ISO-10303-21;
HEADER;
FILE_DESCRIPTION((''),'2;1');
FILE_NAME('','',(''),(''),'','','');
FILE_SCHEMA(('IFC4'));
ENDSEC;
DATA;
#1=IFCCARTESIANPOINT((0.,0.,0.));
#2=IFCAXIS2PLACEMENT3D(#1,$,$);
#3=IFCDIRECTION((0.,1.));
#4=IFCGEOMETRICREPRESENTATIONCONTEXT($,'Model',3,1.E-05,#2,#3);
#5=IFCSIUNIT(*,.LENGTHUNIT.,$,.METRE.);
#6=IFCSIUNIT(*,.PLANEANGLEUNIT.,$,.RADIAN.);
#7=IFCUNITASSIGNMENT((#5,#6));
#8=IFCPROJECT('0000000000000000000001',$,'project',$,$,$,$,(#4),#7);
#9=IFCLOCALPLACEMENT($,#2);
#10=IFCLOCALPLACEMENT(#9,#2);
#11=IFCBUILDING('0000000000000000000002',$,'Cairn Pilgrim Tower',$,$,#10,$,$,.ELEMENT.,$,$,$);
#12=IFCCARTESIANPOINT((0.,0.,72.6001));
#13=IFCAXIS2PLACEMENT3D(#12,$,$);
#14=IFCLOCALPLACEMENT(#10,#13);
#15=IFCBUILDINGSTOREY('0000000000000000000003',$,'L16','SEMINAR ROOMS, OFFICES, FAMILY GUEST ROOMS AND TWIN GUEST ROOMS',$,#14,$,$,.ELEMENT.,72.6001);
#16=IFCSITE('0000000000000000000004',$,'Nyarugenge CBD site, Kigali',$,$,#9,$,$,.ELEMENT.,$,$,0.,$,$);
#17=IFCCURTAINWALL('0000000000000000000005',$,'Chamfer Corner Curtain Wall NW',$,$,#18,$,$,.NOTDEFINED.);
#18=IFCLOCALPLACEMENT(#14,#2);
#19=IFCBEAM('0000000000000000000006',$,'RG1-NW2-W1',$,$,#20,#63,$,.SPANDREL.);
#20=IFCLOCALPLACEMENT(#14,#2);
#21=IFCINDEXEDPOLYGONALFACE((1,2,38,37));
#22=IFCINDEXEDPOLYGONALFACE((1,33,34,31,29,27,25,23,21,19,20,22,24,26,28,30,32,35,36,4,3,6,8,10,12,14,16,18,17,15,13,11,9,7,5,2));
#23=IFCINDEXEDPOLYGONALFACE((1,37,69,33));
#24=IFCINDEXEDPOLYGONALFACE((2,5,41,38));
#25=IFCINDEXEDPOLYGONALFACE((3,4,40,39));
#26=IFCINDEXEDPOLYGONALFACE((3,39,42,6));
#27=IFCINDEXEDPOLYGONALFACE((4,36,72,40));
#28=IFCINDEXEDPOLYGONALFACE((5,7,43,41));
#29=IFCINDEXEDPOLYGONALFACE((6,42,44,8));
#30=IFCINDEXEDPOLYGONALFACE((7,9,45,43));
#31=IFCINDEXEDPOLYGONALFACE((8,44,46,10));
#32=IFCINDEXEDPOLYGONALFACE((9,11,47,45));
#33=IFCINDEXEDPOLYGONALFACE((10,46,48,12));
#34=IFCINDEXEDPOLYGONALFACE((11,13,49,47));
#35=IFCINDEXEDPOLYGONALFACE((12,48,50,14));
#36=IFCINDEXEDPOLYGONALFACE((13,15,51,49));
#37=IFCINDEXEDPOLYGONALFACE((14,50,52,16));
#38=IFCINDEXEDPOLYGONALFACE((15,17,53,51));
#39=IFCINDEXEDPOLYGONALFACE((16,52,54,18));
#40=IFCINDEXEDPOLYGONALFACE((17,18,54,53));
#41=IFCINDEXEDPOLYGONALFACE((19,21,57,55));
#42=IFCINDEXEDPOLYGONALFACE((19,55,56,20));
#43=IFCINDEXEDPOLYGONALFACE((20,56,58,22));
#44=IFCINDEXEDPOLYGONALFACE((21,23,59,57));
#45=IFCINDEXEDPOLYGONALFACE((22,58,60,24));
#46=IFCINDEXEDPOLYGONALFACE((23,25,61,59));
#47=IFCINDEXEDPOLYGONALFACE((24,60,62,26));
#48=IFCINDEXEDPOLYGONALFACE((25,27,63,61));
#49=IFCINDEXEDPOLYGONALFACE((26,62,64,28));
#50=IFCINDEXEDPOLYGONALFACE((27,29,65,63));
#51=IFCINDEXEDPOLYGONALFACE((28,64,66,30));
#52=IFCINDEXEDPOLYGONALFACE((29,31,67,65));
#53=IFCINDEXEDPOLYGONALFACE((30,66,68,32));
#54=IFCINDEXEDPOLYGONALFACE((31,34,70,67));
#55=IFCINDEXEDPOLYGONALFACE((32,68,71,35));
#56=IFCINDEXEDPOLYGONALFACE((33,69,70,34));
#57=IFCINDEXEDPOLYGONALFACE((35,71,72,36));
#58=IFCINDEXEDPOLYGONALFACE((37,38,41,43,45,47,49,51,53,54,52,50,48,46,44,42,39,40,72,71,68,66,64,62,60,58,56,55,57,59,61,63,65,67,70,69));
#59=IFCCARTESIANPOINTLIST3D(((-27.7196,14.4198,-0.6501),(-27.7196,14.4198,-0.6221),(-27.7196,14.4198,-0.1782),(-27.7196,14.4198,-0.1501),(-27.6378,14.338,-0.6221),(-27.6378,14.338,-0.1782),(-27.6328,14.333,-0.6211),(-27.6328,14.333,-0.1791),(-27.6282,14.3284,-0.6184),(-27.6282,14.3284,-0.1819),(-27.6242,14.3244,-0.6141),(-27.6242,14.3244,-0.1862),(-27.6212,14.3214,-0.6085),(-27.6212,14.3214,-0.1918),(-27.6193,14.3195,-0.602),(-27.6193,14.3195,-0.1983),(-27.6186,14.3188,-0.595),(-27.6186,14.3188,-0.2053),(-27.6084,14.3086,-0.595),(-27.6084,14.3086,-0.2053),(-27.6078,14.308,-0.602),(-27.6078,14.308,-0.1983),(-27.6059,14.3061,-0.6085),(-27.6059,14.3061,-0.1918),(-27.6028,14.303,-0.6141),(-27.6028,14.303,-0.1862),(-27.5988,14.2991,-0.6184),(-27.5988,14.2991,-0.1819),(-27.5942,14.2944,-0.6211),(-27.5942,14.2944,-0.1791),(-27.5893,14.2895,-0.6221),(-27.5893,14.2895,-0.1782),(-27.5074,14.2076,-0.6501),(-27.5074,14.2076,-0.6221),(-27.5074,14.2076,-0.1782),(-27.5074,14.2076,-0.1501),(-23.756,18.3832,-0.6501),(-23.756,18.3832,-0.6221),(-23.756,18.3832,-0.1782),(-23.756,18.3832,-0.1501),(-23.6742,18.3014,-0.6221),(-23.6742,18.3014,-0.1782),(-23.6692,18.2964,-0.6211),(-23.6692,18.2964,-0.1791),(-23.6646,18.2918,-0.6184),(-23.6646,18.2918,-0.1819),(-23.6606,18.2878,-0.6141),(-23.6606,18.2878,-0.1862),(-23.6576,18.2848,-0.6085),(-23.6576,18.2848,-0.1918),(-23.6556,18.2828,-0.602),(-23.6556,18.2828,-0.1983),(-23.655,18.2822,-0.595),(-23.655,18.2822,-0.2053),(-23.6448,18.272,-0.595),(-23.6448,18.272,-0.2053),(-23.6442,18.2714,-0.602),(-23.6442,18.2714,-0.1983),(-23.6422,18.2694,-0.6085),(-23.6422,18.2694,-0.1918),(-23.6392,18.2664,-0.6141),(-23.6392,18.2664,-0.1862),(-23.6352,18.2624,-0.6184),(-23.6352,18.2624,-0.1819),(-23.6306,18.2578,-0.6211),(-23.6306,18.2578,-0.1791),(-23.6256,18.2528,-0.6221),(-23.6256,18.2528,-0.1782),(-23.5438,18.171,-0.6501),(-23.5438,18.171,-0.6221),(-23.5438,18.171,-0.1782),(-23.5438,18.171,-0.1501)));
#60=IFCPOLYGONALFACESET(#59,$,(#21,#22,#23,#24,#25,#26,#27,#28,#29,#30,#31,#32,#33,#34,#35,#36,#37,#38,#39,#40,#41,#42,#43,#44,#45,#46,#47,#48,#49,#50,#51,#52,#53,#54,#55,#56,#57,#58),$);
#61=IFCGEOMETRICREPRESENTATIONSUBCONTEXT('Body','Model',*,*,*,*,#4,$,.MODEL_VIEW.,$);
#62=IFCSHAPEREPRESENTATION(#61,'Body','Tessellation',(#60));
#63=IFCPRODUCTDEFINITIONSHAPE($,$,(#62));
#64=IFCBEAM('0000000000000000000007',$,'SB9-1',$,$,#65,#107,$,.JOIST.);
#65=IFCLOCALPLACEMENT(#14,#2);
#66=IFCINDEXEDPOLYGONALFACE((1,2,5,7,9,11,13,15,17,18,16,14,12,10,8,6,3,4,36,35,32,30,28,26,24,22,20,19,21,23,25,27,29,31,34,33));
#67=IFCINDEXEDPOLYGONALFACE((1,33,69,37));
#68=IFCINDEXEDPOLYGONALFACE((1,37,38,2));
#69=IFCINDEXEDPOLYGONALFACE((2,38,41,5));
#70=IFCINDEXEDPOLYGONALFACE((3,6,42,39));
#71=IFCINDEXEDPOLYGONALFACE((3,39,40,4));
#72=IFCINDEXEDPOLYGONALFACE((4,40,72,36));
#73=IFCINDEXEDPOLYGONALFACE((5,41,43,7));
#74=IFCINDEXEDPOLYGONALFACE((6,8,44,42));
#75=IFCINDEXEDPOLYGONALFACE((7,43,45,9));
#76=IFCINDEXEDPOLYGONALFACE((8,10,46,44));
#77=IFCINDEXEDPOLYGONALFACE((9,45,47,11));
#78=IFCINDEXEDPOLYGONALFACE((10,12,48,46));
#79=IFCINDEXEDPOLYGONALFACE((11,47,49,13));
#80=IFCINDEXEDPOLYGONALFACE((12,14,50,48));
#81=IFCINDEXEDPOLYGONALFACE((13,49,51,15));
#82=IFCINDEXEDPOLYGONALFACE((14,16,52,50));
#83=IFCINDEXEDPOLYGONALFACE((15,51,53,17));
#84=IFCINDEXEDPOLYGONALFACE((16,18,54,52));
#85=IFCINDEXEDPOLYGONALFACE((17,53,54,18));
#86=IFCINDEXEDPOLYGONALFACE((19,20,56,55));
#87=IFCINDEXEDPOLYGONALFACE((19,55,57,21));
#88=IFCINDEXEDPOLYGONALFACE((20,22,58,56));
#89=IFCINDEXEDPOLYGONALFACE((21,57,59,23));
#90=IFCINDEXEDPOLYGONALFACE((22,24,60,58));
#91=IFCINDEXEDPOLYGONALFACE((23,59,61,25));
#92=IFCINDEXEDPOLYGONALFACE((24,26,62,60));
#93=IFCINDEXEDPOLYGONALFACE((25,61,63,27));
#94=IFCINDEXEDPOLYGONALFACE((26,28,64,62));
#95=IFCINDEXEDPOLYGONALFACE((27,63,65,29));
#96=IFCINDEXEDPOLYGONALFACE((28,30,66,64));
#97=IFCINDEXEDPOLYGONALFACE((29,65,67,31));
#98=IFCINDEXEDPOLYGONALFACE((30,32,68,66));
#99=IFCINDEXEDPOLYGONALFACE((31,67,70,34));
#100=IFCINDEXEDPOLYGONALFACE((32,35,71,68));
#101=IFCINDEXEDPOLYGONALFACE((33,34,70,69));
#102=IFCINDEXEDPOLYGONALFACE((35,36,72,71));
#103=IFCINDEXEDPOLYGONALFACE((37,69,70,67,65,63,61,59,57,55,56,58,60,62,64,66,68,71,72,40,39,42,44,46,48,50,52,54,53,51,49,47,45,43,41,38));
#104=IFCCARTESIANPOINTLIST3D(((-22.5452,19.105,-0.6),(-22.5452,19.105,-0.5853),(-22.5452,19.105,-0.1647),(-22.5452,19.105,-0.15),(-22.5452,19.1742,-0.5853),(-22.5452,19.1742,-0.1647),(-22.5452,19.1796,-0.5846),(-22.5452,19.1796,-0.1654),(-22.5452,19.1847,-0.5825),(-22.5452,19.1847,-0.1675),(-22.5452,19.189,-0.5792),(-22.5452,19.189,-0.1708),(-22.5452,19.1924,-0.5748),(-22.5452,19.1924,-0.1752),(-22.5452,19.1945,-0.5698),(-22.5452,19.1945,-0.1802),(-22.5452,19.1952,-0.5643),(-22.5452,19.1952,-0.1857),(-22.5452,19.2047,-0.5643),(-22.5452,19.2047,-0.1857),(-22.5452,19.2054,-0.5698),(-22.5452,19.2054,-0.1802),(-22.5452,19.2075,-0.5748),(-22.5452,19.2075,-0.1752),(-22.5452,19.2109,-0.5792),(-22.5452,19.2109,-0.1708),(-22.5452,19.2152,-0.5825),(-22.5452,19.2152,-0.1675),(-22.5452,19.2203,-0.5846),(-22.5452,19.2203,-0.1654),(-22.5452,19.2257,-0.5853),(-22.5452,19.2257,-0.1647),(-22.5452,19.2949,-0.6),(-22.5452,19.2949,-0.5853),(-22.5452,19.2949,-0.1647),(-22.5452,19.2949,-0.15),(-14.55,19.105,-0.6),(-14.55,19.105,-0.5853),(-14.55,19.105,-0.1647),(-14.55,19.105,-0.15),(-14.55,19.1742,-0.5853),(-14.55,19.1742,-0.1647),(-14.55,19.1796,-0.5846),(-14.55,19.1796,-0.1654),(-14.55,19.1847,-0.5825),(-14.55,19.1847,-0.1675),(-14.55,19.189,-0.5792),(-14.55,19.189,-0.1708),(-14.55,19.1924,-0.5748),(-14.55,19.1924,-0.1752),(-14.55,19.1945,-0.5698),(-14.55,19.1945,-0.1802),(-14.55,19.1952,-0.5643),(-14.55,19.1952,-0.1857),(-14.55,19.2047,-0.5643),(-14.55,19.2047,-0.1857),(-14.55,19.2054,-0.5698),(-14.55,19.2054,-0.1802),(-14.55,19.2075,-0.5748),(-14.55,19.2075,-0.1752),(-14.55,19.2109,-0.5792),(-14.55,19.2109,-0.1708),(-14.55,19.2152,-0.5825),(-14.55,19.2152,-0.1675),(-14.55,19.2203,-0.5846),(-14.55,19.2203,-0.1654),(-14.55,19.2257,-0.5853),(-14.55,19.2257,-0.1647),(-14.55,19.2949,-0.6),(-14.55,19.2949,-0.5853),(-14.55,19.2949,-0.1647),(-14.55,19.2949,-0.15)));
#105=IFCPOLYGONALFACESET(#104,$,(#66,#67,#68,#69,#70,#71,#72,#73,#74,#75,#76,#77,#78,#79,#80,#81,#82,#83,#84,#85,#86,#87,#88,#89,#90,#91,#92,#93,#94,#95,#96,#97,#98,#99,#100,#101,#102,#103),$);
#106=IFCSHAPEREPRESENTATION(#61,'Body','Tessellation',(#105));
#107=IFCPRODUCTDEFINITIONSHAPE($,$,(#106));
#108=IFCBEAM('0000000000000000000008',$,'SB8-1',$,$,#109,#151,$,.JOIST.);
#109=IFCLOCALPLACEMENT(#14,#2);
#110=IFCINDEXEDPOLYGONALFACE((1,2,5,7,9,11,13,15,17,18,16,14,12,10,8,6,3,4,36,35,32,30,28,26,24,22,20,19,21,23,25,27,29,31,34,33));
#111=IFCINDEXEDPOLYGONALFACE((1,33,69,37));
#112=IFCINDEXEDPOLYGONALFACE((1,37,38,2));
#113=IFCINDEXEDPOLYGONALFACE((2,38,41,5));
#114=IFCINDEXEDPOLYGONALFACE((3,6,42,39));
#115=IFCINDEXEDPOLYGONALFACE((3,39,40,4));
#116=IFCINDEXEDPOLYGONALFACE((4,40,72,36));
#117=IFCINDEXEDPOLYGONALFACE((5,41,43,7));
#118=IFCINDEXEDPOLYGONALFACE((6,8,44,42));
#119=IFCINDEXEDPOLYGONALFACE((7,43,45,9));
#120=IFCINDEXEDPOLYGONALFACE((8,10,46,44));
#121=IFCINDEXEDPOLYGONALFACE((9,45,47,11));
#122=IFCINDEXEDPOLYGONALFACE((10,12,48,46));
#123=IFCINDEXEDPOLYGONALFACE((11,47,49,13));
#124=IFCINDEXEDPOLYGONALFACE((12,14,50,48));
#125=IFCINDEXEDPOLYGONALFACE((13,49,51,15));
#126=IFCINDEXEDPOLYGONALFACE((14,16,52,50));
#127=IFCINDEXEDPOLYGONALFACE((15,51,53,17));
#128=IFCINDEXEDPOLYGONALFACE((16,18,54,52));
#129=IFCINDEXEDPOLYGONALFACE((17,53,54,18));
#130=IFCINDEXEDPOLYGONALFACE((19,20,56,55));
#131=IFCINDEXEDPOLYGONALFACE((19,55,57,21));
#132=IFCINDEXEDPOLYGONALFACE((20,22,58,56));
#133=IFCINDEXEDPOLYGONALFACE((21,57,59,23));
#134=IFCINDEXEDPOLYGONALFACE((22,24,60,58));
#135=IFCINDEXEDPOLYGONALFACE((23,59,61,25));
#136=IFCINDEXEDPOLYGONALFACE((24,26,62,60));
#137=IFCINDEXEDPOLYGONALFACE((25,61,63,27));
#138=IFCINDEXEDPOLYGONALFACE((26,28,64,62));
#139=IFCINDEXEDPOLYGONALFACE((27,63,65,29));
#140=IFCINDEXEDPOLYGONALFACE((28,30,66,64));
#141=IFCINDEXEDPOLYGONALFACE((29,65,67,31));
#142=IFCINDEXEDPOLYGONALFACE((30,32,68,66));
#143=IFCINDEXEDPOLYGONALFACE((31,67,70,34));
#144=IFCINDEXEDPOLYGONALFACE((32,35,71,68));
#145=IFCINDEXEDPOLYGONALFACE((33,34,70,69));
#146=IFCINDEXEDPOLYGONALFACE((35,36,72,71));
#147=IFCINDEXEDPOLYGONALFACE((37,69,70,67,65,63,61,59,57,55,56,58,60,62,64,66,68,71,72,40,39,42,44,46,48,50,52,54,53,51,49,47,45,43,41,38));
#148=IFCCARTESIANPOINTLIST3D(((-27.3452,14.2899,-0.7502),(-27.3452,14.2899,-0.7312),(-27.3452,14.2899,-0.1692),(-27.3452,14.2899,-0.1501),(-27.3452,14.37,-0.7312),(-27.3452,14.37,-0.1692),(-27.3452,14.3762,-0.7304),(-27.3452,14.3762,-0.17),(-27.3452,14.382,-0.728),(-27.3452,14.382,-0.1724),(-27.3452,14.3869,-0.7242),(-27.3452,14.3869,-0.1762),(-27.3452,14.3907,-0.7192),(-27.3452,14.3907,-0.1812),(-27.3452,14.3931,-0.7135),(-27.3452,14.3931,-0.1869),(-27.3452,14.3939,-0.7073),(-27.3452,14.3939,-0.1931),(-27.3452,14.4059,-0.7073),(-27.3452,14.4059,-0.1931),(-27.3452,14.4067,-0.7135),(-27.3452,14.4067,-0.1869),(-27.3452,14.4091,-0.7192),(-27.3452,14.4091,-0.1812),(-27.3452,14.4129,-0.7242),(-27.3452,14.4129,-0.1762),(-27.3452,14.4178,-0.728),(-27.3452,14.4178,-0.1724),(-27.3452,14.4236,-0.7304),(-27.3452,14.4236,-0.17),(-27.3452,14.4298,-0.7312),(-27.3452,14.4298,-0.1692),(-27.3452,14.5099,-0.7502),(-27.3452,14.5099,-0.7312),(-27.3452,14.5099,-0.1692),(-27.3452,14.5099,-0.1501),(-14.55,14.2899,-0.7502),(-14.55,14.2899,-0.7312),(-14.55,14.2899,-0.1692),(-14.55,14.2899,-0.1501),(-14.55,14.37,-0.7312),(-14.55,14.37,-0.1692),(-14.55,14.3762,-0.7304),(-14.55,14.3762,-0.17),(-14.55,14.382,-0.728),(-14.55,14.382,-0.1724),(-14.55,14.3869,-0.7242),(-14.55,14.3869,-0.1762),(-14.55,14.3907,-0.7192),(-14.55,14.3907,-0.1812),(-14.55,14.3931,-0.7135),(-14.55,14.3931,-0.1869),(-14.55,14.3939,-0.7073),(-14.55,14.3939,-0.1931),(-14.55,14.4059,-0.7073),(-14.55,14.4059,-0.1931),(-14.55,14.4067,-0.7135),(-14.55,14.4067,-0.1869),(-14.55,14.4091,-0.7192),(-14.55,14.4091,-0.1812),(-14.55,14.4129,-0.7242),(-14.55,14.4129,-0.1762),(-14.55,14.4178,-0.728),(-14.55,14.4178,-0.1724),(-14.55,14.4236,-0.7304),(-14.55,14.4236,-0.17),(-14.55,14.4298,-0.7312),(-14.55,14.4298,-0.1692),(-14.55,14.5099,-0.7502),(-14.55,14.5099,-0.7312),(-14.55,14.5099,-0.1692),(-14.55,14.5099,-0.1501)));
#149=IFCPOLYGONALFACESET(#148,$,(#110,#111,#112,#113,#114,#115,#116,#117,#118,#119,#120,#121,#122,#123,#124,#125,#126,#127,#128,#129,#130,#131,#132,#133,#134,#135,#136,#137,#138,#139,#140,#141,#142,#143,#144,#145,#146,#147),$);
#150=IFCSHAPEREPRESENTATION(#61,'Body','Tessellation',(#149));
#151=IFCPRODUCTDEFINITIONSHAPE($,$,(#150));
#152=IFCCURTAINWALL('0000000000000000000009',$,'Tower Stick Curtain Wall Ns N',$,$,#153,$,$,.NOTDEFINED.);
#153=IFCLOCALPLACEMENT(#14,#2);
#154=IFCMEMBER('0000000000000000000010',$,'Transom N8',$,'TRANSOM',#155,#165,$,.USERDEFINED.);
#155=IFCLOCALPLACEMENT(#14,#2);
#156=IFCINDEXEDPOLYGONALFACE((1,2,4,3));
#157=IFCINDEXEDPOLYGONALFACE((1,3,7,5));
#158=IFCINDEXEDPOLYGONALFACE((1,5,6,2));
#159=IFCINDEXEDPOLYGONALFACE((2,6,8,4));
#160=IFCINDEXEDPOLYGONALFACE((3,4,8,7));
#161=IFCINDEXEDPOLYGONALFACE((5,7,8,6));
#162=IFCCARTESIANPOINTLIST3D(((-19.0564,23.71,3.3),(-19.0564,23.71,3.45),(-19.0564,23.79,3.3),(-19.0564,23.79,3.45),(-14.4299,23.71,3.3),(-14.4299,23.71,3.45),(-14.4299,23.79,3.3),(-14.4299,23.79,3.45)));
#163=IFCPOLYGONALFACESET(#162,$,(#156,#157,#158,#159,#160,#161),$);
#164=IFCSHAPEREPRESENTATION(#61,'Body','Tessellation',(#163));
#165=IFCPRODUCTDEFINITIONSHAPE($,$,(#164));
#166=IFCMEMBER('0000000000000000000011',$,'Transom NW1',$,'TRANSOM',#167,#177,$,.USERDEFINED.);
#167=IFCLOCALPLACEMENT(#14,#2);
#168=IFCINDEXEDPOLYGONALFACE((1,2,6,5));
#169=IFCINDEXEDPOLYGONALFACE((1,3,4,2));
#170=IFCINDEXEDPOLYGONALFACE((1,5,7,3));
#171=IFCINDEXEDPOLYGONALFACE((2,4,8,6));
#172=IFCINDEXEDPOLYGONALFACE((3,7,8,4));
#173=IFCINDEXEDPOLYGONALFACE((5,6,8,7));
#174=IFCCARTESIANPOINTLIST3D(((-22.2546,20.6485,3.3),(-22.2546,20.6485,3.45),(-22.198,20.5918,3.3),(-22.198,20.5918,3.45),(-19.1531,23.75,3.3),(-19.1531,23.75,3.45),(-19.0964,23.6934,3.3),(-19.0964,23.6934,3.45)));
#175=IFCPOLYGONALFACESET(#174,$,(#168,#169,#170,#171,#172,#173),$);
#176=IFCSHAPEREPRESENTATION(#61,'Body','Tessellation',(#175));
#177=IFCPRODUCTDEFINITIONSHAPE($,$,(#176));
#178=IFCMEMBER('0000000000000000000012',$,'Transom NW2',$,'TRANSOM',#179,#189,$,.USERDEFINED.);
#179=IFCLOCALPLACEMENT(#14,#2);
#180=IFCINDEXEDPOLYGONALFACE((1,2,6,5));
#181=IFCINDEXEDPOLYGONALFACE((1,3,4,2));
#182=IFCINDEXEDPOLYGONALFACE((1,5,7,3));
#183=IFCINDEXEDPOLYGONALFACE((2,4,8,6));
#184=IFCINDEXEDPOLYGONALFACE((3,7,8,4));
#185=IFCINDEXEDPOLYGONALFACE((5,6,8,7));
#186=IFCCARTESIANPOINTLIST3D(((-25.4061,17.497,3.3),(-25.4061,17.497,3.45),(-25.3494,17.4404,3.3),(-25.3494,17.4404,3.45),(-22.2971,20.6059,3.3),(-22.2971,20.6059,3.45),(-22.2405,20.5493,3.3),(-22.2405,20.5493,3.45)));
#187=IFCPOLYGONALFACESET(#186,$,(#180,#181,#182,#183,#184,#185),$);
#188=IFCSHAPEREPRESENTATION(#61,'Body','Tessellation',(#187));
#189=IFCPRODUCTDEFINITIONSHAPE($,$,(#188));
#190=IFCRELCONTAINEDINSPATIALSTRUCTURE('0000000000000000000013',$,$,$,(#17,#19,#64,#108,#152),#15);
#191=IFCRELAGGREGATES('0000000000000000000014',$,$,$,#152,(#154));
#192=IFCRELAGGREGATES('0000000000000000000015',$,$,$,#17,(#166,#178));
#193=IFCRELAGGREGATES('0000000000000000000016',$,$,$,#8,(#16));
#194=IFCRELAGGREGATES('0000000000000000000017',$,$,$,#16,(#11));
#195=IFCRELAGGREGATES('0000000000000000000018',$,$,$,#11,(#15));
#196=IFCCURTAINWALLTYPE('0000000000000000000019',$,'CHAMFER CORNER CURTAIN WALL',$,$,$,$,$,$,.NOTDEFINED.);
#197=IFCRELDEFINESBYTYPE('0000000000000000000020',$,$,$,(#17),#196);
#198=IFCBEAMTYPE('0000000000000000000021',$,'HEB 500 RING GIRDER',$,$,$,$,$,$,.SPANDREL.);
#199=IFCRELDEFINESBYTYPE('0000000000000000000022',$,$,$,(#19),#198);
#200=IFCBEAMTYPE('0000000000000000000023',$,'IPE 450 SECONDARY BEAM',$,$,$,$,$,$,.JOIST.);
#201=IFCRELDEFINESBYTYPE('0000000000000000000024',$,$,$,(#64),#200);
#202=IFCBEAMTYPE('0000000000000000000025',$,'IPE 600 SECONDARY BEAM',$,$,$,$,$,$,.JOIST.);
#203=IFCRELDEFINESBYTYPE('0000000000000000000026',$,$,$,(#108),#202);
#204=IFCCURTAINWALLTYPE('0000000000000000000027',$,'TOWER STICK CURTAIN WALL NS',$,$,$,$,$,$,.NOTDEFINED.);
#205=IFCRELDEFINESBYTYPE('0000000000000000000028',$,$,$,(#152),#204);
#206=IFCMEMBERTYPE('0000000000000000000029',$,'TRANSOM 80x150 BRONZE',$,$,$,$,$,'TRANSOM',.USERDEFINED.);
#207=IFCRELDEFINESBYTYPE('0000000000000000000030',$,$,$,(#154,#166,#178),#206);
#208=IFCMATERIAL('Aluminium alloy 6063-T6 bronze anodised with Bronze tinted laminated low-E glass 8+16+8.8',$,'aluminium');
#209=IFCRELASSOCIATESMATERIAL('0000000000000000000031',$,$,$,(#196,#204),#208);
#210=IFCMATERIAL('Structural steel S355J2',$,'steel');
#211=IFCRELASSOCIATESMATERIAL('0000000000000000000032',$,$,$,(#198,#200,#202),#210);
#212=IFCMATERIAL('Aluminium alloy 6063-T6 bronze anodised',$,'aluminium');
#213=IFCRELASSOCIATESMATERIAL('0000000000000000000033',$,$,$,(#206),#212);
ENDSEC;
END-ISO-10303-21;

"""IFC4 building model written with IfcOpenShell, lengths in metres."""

from ifc_helpers import new_model, si_unit, direction, frame, origin, origin_2d, place, context, subcontext, project, spatial, rectangle, i_section, extrude, material, material_profile, profile_set, type_object, element, aggregate, save


model = new_model("IFC4")

# Units and contexts
model_context = context("Model", 3, precision=1e-05, world=origin(), true_north=direction((0.0, 1.0)))
body_context = subcontext(model_context, "Body", "Model", "MODEL_VIEW")
ifc_project = project(units=[si_unit("LENGTHUNIT", "METRE"), si_unit("PLANEANGLEUNIT", "RADIAN")], contexts=[model_context])

# Site, building, storey
site_placement = place(None, origin())
site = spatial("IfcSite", under=ifc_project, at=site_placement, Name="Nyarugenge CBD site, Kigali", CompositionType="ELEMENT", RefElevation=0.0)
building_placement = place(site_placement, origin())
building = spatial("IfcBuilding", under=site, at=building_placement, Name="Cairn Pilgrim Tower", CompositionType="ELEMENT")
storey_placement = place(building_placement, frame((0.0, 0.0, 72.6001)))
storey = spatial("IfcBuildingStorey", under=building, at=storey_placement, Name="L16", Description="SEMINAR ROOMS, OFFICES, FAMILY GUEST ROOMS AND TWIN GUEST ROOMS", CompositionType="ELEMENT", Elevation=72.6001)

# Shared definitions
ifc_material_1 = material(Name="Structural steel S355J2", Category="steel")

# Curtain wall
ifc_material_2 = material(Name="Aluminium alloy 6063-T6 bronze anodised with Bronze tinted laminated low-E glass 8+16+8.8", Category="aluminium")
curtain_wall_type_1 = type_object("IfcCurtainWallType", Name="CHAMFER CORNER CURTAIN WALL", PredefinedType="NOTDEFINED", material=ifc_material_2)
curtain_wall_1_placement = place(storey_placement, origin())
curtain_wall_1 = element("IfcCurtainWall", 1, at=curtain_wall_1_placement, inside=storey, type_object=curtain_wall_type_1, Name="Chamfer Corner Curtain Wall NW", PredefinedType="NOTDEFINED")
ifc_material_3 = material(Name="Aluminium alloy 6063-T6 bronze anodised", Category="aluminium")

# Beams
ifc_material_profile_1 = material_profile(ifc_material_1, i_section(OverallWidth=0.3, OverallDepth=0.5, WebThickness=0.0144, FlangeThickness=0.0281, FilletRadius=0.0271, at=origin_2d()), Name="HEB 500")
ifc_profile_set_1 = profile_set([ifc_material_profile_1], Name="Structural steel S355J2")
beam_type_1 = type_object("IfcBeamType", Name="HEB 500 RING GIRDER", PredefinedType="SPANDREL", material=ifc_profile_set_1)
beam_1_placement = place(storey_placement, frame((-23.6499, 18.2771, -0.4001), z_axis=(-0.707129, -0.707085, 0.0), x_axis=(0.707085, -0.707129, 0.0)))
element("IfcBeam", 2, at=beam_1_placement, inside=storey, type_object=beam_type_1, Name="RG1-NW2-W1", PredefinedType="SPANDREL", context=body_context, shape_type="SweptSolid", body=[
    extrude(i_section(OverallWidth=0.3, OverallDepth=0.5, WebThickness=0.0144, FlangeThickness=0.0281, FilletRadius=0.0271, at=origin_2d()), origin(), (0.0, 0.0, 1.0), 5.6052),
])
ifc_material_profile_2 = material_profile(ifc_material_1, i_section(OverallWidth=0.1899, OverallDepth=0.45, WebThickness=0.0095, FlangeThickness=0.0146, FilletRadius=0.021, at=origin_2d()), Name="IPE 450")
ifc_profile_set_2 = profile_set([ifc_material_profile_2], Name="Structural steel S355J2")
beam_type_2 = type_object("IfcBeamType", Name="IPE 450 SECONDARY BEAM", PredefinedType="JOIST", material=ifc_profile_set_2)
beam_2_placement = place(storey_placement, frame((-22.5452, 19.2, -0.375), z_axis=(1.0, 0.0, 0.0), x_axis=(0.0, 1.0, 0.0)))
element("IfcBeam", 3, at=beam_2_placement, inside=storey, type_object=beam_type_2, Name="SB9-1", PredefinedType="JOIST", context=body_context, shape_type="SweptSolid", body=[
    extrude(i_section(OverallWidth=0.1899, OverallDepth=0.45, WebThickness=0.0095, FlangeThickness=0.0146, FilletRadius=0.021, at=origin_2d()), origin(), (0.0, 0.0, 1.0), 7.9951),
])
ifc_material_profile_3 = material_profile(ifc_material_1, i_section(OverallWidth=0.22, OverallDepth=0.6001, WebThickness=0.012, FlangeThickness=0.019, FilletRadius=0.0239, at=origin_2d()), Name="IPE 600")
ifc_profile_set_3 = profile_set([ifc_material_profile_3], Name="Structural steel S355J2")
beam_type_3 = type_object("IfcBeamType", Name="IPE 600 SECONDARY BEAM", PredefinedType="JOIST", material=ifc_profile_set_3)
beam_3_placement = place(storey_placement, frame((-27.3452, 14.3999, -0.4502), z_axis=(1.0, 0.0, 0.0), x_axis=(0.0, 1.0, 0.0)))
element("IfcBeam", 4, at=beam_3_placement, inside=storey, type_object=beam_type_3, Name="SB8-1", PredefinedType="JOIST", context=body_context, shape_type="SweptSolid", body=[
    extrude(i_section(OverallWidth=0.22, OverallDepth=0.6001, WebThickness=0.012, FlangeThickness=0.019, FilletRadius=0.0239, at=origin_2d()), origin(), (0.0, 0.0, 1.0), 12.7952),
])

# Curtain wall, member
curtain_wall_type_2 = type_object("IfcCurtainWallType", Name="TOWER STICK CURTAIN WALL NS", PredefinedType="NOTDEFINED", material=ifc_material_2)
curtain_wall_2_placement = place(storey_placement, origin())
curtain_wall_2 = element("IfcCurtainWall", 5, at=curtain_wall_2_placement, inside=storey, type_object=curtain_wall_type_2, Name="Tower Stick Curtain Wall Ns N", PredefinedType="NOTDEFINED")
ifc_material_profile_4 = material_profile(ifc_material_3, rectangle(XDim=0.0801, YDim=0.1499, at=origin_2d()), Name="TRANSOM 80x150 BRONZE")
ifc_profile_set_4 = profile_set([ifc_material_profile_4], Name="Aluminium alloy 6063-T6 bronze anodised")
member_type_1 = type_object("IfcMemberType", Name="TRANSOM 80x150 BRONZE", ElementType="TRANSOM", PredefinedType="USERDEFINED", material=ifc_profile_set_4)
member_1_placement = place(storey_placement, frame((-14.4299, 23.75, 3.375), z_axis=(-1.0, 0.0, 0.0), x_axis=(0.0, -1.0, 0.0)))
member_1 = element("IfcMember", 6, at=member_1_placement, type_object=member_type_1, Name="Transom N8", ObjectType="TRANSOM", PredefinedType="USERDEFINED", context=body_context, shape_type="SweptSolid", body=[
    extrude(rectangle(XDim=0.0801, YDim=0.1499, at=origin_2d()), origin(), (0.0, 0.0, 1.0), 4.6265),
])

# Members
member_2_placement = place(storey_placement, frame((-19.1248, 23.7217, 3.375), z_axis=(-0.707107, -0.707107, 0.0), x_axis=(0.707107, -0.707107, 0.0)))
member_2 = element("IfcMember", 7, at=member_2_placement, type_object=member_type_1, Name="Transom NW1", ObjectType="TRANSOM", PredefinedType="USERDEFINED", context=body_context, shape_type="SweptSolid", body=[
    extrude(rectangle(XDim=0.0801, YDim=0.1499, at=origin_2d()), origin(), (0.0, 0.0, 1.0), 4.3862),
])
member_3_placement = place(storey_placement, frame((-22.2688, 20.5776, 3.375), z_axis=(-0.707107, -0.707107, 0.0), x_axis=(0.707107, -0.707107, 0.0)))
member_3 = element("IfcMember", 8, at=member_3_placement, type_object=member_type_1, Name="Transom NW2", ObjectType="TRANSOM", PredefinedType="USERDEFINED", context=body_context, shape_type="SweptSolid", body=[
    extrude(rectangle(XDim=0.0801, YDim=0.1499, at=origin_2d()), origin(), (0.0, 0.0, 1.0), 4.3967),
])

aggregate(curtain_wall_2, [member_1])
aggregate(curtain_wall_1, [member_2, member_3])

save(model, "model.ifc")
